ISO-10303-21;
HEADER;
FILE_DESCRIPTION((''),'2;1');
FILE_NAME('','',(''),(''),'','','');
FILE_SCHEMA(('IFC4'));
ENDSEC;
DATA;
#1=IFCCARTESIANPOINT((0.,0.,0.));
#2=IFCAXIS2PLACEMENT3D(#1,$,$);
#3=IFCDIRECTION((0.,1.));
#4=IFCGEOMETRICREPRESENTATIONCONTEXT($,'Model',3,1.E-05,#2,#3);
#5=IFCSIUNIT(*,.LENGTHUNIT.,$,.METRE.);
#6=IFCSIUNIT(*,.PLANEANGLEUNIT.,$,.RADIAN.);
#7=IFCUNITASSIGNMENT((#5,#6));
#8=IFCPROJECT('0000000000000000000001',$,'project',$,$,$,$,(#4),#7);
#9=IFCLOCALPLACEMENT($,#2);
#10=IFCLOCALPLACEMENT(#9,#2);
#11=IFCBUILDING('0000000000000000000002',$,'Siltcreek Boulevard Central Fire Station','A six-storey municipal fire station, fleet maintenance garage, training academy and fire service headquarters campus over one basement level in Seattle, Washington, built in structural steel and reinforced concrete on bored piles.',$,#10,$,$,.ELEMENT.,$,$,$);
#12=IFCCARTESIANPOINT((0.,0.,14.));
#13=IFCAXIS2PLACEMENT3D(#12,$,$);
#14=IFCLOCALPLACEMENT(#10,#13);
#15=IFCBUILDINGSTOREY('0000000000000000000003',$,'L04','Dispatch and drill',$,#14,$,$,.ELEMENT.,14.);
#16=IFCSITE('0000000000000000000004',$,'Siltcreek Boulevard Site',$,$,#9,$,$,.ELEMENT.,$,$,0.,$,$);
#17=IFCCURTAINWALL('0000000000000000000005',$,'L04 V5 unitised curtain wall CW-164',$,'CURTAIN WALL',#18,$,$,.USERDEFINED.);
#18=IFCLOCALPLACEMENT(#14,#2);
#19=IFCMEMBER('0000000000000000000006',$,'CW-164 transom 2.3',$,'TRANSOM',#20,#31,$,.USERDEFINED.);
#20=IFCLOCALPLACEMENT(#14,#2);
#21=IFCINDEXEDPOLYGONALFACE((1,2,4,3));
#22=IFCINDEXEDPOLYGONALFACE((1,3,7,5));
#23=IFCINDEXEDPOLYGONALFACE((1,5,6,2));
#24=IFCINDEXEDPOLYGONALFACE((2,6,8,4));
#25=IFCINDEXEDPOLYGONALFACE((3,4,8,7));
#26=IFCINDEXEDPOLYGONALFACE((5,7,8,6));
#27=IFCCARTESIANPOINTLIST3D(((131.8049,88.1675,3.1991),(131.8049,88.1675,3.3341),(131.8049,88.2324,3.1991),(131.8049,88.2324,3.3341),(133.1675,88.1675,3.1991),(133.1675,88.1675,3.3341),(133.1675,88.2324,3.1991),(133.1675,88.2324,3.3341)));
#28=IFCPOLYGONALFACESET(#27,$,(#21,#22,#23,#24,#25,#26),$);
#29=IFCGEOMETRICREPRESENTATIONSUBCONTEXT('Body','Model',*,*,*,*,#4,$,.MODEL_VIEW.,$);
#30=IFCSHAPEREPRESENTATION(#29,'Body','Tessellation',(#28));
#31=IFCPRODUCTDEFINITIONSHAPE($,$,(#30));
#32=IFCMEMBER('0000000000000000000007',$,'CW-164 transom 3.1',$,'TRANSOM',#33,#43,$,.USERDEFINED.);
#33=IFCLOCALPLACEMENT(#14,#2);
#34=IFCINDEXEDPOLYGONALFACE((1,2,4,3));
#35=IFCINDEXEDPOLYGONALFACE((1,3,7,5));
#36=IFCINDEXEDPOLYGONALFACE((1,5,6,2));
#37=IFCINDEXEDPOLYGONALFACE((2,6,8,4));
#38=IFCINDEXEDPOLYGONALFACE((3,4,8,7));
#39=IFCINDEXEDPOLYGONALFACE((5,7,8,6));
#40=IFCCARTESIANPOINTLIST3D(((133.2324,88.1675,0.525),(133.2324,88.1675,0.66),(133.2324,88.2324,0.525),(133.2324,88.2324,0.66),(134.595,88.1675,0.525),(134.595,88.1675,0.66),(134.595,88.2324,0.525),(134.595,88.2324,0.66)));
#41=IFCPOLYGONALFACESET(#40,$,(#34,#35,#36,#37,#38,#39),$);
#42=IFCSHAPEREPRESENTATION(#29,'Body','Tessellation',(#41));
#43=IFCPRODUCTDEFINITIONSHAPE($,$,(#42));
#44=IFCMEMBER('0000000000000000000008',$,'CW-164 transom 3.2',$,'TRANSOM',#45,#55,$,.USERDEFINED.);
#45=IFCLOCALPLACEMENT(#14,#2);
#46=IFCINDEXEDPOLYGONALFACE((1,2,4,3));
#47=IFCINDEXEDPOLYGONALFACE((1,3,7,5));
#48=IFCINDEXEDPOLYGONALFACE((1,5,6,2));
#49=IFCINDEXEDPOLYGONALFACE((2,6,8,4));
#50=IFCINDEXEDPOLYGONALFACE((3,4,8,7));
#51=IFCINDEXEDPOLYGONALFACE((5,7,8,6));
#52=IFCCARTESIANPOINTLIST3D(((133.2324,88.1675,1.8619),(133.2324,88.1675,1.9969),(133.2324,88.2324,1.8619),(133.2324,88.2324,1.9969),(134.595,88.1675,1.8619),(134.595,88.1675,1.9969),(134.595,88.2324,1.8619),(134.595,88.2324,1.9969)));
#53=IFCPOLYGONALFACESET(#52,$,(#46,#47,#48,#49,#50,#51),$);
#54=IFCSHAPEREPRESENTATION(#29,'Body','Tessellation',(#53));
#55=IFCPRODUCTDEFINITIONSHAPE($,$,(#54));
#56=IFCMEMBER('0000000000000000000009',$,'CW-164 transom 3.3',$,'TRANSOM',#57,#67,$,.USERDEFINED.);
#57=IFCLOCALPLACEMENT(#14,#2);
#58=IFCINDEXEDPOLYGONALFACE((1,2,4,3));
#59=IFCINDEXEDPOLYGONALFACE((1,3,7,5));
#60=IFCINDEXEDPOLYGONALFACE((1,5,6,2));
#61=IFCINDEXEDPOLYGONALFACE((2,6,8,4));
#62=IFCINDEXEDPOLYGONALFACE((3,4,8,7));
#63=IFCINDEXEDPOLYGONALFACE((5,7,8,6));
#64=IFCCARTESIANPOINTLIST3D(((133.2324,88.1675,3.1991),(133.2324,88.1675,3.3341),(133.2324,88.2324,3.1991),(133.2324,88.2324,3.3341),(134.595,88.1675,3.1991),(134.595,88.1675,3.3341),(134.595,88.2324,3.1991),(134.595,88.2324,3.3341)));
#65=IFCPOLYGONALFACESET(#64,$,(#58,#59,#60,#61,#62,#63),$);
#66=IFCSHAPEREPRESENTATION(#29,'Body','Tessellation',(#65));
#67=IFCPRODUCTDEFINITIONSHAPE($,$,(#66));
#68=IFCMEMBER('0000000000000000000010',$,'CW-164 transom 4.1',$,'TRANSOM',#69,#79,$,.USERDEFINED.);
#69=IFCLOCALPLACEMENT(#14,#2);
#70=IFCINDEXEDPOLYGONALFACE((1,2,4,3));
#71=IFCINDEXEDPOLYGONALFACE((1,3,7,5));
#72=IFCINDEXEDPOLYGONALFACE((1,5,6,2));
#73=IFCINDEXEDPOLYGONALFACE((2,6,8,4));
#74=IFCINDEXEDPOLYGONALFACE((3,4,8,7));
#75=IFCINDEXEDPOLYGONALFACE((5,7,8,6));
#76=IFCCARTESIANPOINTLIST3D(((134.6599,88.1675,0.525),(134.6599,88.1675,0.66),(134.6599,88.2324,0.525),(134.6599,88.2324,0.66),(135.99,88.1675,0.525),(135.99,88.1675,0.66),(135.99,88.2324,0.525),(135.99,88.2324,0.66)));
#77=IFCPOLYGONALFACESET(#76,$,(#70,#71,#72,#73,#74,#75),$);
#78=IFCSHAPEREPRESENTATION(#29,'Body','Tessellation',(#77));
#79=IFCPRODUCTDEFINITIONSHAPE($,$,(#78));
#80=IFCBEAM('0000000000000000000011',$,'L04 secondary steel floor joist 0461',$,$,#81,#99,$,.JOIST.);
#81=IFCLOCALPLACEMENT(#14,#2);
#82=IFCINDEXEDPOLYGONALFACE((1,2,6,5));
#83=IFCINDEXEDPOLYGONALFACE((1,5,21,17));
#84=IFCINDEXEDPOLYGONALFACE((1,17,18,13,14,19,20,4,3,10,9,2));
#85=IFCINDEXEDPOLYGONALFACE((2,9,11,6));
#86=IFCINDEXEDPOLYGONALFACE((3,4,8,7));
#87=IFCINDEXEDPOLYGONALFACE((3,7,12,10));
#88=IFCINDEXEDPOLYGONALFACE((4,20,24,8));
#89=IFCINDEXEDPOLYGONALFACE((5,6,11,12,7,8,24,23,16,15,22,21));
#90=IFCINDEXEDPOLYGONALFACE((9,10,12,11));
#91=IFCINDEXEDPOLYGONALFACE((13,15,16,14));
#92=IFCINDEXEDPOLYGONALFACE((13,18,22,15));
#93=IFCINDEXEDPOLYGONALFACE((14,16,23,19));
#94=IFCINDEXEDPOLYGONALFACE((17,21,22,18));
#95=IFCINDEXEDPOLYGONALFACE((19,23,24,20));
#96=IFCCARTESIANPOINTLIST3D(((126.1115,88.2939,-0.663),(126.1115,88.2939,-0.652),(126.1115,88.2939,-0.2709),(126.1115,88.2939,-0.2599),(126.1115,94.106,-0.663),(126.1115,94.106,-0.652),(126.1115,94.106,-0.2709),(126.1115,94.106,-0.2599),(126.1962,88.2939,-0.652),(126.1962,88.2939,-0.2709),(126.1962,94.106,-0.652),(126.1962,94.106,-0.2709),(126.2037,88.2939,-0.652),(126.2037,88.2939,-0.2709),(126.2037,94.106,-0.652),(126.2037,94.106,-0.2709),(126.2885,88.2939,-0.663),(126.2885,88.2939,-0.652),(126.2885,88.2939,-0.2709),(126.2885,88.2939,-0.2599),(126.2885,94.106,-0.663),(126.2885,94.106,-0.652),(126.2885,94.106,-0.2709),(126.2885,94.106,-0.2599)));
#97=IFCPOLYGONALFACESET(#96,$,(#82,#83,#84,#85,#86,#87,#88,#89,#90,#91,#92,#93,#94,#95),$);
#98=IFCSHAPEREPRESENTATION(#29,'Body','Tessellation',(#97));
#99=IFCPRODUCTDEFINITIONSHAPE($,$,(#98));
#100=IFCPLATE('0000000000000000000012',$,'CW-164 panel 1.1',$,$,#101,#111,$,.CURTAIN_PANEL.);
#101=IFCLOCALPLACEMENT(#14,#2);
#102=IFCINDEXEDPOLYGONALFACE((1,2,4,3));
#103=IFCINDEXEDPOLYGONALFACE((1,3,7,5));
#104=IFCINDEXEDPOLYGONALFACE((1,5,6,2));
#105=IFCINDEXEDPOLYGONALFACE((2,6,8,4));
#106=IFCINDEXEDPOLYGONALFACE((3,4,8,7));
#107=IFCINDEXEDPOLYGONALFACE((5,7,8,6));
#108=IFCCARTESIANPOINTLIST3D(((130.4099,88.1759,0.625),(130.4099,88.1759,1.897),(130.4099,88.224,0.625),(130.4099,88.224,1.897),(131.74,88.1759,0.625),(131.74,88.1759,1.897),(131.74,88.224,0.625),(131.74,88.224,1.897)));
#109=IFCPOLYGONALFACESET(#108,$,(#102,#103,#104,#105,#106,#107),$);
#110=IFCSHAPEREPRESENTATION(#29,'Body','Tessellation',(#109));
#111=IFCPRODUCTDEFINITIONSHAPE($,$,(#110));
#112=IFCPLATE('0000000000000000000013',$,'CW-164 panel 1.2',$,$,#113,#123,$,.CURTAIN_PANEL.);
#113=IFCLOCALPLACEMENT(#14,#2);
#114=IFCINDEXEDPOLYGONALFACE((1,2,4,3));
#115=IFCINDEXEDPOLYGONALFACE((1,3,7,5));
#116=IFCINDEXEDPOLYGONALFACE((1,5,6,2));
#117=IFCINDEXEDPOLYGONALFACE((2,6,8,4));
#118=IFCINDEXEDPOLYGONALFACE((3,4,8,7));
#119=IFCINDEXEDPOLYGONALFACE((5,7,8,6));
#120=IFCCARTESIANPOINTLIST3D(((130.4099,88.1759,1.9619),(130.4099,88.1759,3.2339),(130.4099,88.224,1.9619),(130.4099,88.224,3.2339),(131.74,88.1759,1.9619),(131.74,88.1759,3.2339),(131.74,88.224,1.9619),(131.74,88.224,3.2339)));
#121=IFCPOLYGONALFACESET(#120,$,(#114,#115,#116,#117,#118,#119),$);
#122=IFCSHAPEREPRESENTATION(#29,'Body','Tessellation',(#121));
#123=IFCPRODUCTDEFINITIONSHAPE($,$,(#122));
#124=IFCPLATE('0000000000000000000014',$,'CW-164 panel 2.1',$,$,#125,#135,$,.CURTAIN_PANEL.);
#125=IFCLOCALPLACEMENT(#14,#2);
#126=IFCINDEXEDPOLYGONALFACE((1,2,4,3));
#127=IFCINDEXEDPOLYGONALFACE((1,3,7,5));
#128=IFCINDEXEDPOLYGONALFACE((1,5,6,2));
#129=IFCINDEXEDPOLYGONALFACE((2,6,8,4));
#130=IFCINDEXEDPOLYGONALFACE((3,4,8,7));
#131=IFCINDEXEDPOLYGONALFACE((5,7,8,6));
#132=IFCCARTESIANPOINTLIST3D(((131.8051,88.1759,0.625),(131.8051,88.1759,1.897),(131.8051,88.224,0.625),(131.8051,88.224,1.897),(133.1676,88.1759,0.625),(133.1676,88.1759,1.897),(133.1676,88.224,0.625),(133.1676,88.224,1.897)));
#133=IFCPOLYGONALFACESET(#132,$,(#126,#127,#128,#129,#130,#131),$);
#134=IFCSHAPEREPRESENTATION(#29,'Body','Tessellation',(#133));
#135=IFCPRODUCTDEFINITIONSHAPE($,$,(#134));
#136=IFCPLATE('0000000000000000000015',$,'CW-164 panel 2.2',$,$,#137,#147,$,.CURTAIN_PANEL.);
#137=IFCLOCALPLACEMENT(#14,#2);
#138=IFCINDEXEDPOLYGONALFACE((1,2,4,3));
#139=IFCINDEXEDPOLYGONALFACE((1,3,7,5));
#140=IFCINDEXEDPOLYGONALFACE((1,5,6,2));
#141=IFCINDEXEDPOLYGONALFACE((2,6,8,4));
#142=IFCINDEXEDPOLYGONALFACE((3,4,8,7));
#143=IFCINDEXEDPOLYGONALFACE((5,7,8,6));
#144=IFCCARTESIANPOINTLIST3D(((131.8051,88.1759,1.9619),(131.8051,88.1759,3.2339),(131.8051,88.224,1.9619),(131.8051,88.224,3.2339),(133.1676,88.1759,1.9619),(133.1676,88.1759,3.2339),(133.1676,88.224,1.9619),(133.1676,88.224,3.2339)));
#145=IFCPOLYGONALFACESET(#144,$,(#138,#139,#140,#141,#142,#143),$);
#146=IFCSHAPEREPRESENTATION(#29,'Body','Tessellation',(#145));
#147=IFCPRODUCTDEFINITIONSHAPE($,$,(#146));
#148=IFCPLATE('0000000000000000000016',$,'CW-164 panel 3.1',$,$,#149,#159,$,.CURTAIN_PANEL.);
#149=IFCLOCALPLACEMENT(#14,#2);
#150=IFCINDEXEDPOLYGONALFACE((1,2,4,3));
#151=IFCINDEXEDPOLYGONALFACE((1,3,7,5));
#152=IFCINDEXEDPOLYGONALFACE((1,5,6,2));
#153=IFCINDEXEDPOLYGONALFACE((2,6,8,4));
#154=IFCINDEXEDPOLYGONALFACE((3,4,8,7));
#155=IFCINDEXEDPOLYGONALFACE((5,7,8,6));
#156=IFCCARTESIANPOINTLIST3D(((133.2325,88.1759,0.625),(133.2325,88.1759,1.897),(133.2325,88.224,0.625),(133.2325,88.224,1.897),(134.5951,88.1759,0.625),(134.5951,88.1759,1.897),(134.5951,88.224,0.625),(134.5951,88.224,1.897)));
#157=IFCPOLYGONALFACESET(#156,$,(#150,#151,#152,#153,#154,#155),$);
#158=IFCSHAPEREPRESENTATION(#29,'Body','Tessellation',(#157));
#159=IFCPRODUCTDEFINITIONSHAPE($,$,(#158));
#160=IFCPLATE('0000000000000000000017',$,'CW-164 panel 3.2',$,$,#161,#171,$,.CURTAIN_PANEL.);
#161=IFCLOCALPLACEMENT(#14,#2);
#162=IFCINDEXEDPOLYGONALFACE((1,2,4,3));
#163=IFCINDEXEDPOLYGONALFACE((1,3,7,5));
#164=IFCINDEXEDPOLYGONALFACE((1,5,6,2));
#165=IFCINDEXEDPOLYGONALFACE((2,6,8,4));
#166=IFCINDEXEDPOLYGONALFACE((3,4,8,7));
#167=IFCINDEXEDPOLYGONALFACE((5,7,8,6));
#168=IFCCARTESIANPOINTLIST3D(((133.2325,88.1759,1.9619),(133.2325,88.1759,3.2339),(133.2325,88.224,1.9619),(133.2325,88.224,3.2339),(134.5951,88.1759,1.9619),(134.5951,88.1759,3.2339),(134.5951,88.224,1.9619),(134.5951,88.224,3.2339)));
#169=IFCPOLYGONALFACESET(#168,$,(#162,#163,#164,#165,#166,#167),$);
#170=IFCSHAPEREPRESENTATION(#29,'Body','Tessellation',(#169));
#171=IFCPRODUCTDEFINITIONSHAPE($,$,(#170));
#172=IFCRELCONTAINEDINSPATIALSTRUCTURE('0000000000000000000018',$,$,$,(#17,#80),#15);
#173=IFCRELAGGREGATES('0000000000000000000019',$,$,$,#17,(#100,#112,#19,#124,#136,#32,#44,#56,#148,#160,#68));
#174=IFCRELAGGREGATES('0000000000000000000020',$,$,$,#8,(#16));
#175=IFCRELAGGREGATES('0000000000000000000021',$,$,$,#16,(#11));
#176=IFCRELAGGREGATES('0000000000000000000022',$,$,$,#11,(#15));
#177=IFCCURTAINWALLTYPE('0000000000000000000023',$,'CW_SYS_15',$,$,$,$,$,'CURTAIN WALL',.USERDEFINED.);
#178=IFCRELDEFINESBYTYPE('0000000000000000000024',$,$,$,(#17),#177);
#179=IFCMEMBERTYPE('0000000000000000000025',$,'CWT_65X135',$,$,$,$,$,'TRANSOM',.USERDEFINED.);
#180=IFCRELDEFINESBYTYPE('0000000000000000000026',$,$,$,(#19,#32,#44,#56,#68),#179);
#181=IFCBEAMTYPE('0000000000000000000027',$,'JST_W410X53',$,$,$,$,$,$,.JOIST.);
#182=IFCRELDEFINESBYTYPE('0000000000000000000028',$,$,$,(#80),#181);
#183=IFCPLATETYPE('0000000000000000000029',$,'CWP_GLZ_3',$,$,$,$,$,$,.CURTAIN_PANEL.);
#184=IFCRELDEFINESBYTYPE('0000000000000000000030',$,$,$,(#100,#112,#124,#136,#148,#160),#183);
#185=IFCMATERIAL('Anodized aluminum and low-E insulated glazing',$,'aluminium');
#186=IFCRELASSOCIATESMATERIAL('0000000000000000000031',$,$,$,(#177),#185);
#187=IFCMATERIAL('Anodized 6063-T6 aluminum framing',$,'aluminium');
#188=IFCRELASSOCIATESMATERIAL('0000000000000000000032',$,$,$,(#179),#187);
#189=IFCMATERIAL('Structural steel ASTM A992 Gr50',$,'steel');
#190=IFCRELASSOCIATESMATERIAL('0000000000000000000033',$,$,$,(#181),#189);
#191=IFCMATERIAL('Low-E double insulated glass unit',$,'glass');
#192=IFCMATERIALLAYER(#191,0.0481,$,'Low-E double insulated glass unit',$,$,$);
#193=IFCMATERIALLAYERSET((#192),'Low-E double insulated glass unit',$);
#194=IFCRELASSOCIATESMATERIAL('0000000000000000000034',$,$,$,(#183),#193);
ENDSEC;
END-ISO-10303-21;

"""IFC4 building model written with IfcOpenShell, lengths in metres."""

from ifc_helpers import new_model, si_unit, direction, frame, origin, origin_2d, place, context, subcontext, project, spatial, rectangle, i_section, extrude, material, layer, layer_set, material_profile, profile_set, type_object, element, aggregate, save


model = new_model("IFC4")

# Units and contexts
model_context = context("Model", 3, precision=1e-05, world=origin(), true_north=direction((0.0, 1.0)))
body_context = subcontext(model_context, "Body", "Model", "MODEL_VIEW")
ifc_project = project(units=[si_unit("LENGTHUNIT", "METRE"), si_unit("PLANEANGLEUNIT", "RADIAN")], contexts=[model_context])

# Site, building, storey
site_placement = place(None, origin())
site = spatial("IfcSite", under=ifc_project, at=site_placement, Name="Siltcreek Boulevard Site", CompositionType="ELEMENT", RefElevation=0.0)
building_placement = place(site_placement, origin())
building = spatial("IfcBuilding", under=site, at=building_placement, Name="Siltcreek Boulevard Central Fire Station", Description="A six-storey municipal fire station, fleet maintenance garage, training academy and fire service headquarters campus over one basement level in Seattle, Washington, built in structural steel and reinforced concrete on bored piles.", CompositionType="ELEMENT")
storey_placement = place(building_placement, frame((0.0, 0.0, 14.0)))
storey = spatial("IfcBuildingStorey", under=building, at=storey_placement, Name="L04", Description="Dispatch and drill", CompositionType="ELEMENT", Elevation=14.0)

# Shared definitions
ifc_material_1 = material(Name="Structural steel ASTM A992 Gr50", Category="steel")

# Curtain wall, members
ifc_material_2 = material(Name="Anodized aluminum and low-E insulated glazing", Category="aluminium")
curtain_wall_type = type_object("IfcCurtainWallType", Name="CW_SYS_15", ElementType="CURTAIN WALL", PredefinedType="USERDEFINED", material=ifc_material_2)
curtain_wall_placement = place(storey_placement, origin())
curtain_wall = element("IfcCurtainWall", 1, at=curtain_wall_placement, inside=storey, type_object=curtain_wall_type, Name="L04 V5 unitised curtain wall CW-164", ObjectType="CURTAIN WALL", PredefinedType="USERDEFINED")
ifc_material_3 = material(Name="Anodized 6063-T6 aluminum framing", Category="aluminium")
ifc_material_profile_1 = material_profile(ifc_material_3, rectangle(XDim=0.0649, YDim=0.135, at=origin_2d()), Name="TRAN65X135")
ifc_profile_set_1 = profile_set([ifc_material_profile_1], Name="Anodized 6063-T6 aluminum framing")
member_type_1 = type_object("IfcMemberType", Name="CWT_65X135", ElementType="TRANSOM", PredefinedType="USERDEFINED", material=ifc_profile_set_1)
member_1_placement = place(storey_placement, frame((131.8049, 88.2, 3.2666), z_axis=(1.0, 0.0, 0.0), x_axis=(0.0, 1.0, 0.0)))
member_1 = element("IfcMember", 2, at=member_1_placement, type_object=member_type_1, Name="CW-164 transom 2.3", ObjectType="TRANSOM", PredefinedType="USERDEFINED", context=body_context, shape_type="SweptSolid", body=[
    extrude(rectangle(XDim=0.0649, YDim=0.135, at=origin_2d()), origin(), (0.0, 0.0, 1.0), 1.3625),
])
member_2_placement = place(storey_placement, frame((133.2324, 88.2, 0.5925), z_axis=(1.0, 0.0, 0.0), x_axis=(0.0, 1.0, 0.0)))
member_2 = element("IfcMember", 3, at=member_2_placement, type_object=member_type_1, Name="CW-164 transom 3.1", ObjectType="TRANSOM", PredefinedType="USERDEFINED", context=body_context, shape_type="SweptSolid", body=[
    extrude(rectangle(XDim=0.0649, YDim=0.135, at=origin_2d()), origin(), (0.0, 0.0, 1.0), 1.3625),
])
member_3_placement = place(storey_placement, frame((133.2324, 88.2, 1.9294), z_axis=(1.0, 0.0, 0.0), x_axis=(0.0, 1.0, 0.0)))
member_3 = element("IfcMember", 4, at=member_3_placement, type_object=member_type_1, Name="CW-164 transom 3.2", ObjectType="TRANSOM", PredefinedType="USERDEFINED", context=body_context, shape_type="SweptSolid", body=[
    extrude(rectangle(XDim=0.0649, YDim=0.135, at=origin_2d()), origin(), (0.0, 0.0, 1.0), 1.3625),
])
member_4_placement = place(storey_placement, frame((133.2324, 88.2, 3.2666), z_axis=(1.0, 0.0, 0.0), x_axis=(0.0, 1.0, 0.0)))
member_4 = element("IfcMember", 5, at=member_4_placement, type_object=member_type_1, Name="CW-164 transom 3.3", ObjectType="TRANSOM", PredefinedType="USERDEFINED", context=body_context, shape_type="SweptSolid", body=[
    extrude(rectangle(XDim=0.0649, YDim=0.135, at=origin_2d()), origin(), (0.0, 0.0, 1.0), 1.3625),
])
member_5_placement = place(storey_placement, frame((134.6599, 88.2, 0.5925), z_axis=(1.0, 0.0, 0.0), x_axis=(0.0, 1.0, 0.0)))
member_5 = element("IfcMember", 6, at=member_5_placement, type_object=member_type_1, Name="CW-164 transom 4.1", ObjectType="TRANSOM", PredefinedType="USERDEFINED", context=body_context, shape_type="SweptSolid", body=[
    extrude(rectangle(XDim=0.0649, YDim=0.135, at=origin_2d()), origin(), (0.0, 0.0, 1.0), 1.3301),
])

# Beam
ifc_material_profile_2 = material_profile(ifc_material_1, i_section(OverallWidth=0.177, OverallDepth=0.4031, WebThickness=0.0076, FlangeThickness=0.011, at=origin_2d()), Name="W410X53")
ifc_profile_set_2 = profile_set([ifc_material_profile_2], Name="Structural steel ASTM A992 Gr50")
beam_type_1 = type_object("IfcBeamType", Name="JST_W410X53", PredefinedType="JOIST", material=ifc_profile_set_2)
beam_placement = place(storey_placement, frame((126.2, 88.2939, -0.4614), z_axis=(0.0, 1.0, 0.0), x_axis=(-1.0, 0.0, 0.0)))
element("IfcBeam", 7, at=beam_placement, inside=storey, type_object=beam_type_1, Name="L04 secondary steel floor joist 0461", PredefinedType="JOIST", context=body_context, shape_type="SweptSolid", body=[
    extrude(i_section(OverallWidth=0.177, OverallDepth=0.4031, WebThickness=0.0076, FlangeThickness=0.011, at=origin_2d()), origin(), (0.0, 0.0, 1.0), 5.812),
])

# Plates
ifc_material_4 = material(Name="Low-E double insulated glass unit", Category="glass")
ifc_layer_1 = layer(ifc_material_4, 0.0481, Name="Low-E double insulated glass unit")
ifc_layer_set_1 = layer_set([ifc_layer_1], Name="Low-E double insulated glass unit")
plate_type = type_object("IfcPlateType", Name="CWP_GLZ_3", PredefinedType="CURTAIN_PANEL", material=ifc_layer_set_1)
plate_1_placement = place(storey_placement, frame((131.075, 88.2, 0.625), z_axis=(0.0, 0.0, 1.0), x_axis=(1.0, 0.0, 0.0)))
plate_1 = element("IfcPlate", 8, at=plate_1_placement, type_object=plate_type, Name="CW-164 panel 1.1", PredefinedType="CURTAIN_PANEL", context=body_context, shape_type="SweptSolid", body=[
    extrude(rectangle(XDim=1.3301, YDim=0.0481, at=origin_2d()), origin(), (0.0, 0.0, 1.0), 1.272),
])
plate_2_placement = place(storey_placement, frame((131.075, 88.2, 1.9619), z_axis=(0.0, 0.0, 1.0), x_axis=(1.0, 0.0, 0.0)))
plate_2 = element("IfcPlate", 9, at=plate_2_placement, type_object=plate_type, Name="CW-164 panel 1.2", PredefinedType="CURTAIN_PANEL", context=body_context, shape_type="SweptSolid", body=[
    extrude(rectangle(XDim=1.3301, YDim=0.0481, at=origin_2d()), origin(), (0.0, 0.0, 1.0), 1.272),
])
plate_3_placement = place(storey_placement, frame((132.4863, 88.2, 0.625), z_axis=(0.0, 0.0, 1.0), x_axis=(1.0, 0.0, 0.0)))
plate_3 = element("IfcPlate", 10, at=plate_3_placement, type_object=plate_type, Name="CW-164 panel 2.1", PredefinedType="CURTAIN_PANEL", context=body_context, shape_type="SweptSolid", body=[
    extrude(rectangle(XDim=1.3625, YDim=0.0481, at=origin_2d()), origin(), (0.0, 0.0, 1.0), 1.272),
])
plate_4_placement = place(storey_placement, frame((132.4863, 88.2, 1.9619), z_axis=(0.0, 0.0, 1.0), x_axis=(1.0, 0.0, 0.0)))
plate_4 = element("IfcPlate", 11, at=plate_4_placement, type_object=plate_type, Name="CW-164 panel 2.2", PredefinedType="CURTAIN_PANEL", context=body_context, shape_type="SweptSolid", body=[
    extrude(rectangle(XDim=1.3625, YDim=0.0481, at=origin_2d()), origin(), (0.0, 0.0, 1.0), 1.272),
])
plate_5_placement = place(storey_placement, frame((133.9138, 88.2, 0.625), z_axis=(0.0, 0.0, 1.0), x_axis=(1.0, 0.0, 0.0)))
plate_5 = element("IfcPlate", 12, at=plate_5_placement, type_object=plate_type, Name="CW-164 panel 3.1", PredefinedType="CURTAIN_PANEL", context=body_context, shape_type="SweptSolid", body=[
    extrude(rectangle(XDim=1.3625, YDim=0.0481, at=origin_2d()), origin(), (0.0, 0.0, 1.0), 1.272),
])
plate_6_placement = place(storey_placement, frame((133.9138, 88.2, 1.9619), z_axis=(0.0, 0.0, 1.0), x_axis=(1.0, 0.0, 0.0)))
plate_6 = element("IfcPlate", 13, at=plate_6_placement, type_object=plate_type, Name="CW-164 panel 3.2", PredefinedType="CURTAIN_PANEL", context=body_context, shape_type="SweptSolid", body=[
    extrude(rectangle(XDim=1.3625, YDim=0.0481, at=origin_2d()), origin(), (0.0, 0.0, 1.0), 1.272),
])
aggregate(curtain_wall, [plate_1, plate_2, member_1, plate_3, plate_4, member_2, member_3, member_4, plate_5, plate_6, member_5])

save(model, "model.ifc")
